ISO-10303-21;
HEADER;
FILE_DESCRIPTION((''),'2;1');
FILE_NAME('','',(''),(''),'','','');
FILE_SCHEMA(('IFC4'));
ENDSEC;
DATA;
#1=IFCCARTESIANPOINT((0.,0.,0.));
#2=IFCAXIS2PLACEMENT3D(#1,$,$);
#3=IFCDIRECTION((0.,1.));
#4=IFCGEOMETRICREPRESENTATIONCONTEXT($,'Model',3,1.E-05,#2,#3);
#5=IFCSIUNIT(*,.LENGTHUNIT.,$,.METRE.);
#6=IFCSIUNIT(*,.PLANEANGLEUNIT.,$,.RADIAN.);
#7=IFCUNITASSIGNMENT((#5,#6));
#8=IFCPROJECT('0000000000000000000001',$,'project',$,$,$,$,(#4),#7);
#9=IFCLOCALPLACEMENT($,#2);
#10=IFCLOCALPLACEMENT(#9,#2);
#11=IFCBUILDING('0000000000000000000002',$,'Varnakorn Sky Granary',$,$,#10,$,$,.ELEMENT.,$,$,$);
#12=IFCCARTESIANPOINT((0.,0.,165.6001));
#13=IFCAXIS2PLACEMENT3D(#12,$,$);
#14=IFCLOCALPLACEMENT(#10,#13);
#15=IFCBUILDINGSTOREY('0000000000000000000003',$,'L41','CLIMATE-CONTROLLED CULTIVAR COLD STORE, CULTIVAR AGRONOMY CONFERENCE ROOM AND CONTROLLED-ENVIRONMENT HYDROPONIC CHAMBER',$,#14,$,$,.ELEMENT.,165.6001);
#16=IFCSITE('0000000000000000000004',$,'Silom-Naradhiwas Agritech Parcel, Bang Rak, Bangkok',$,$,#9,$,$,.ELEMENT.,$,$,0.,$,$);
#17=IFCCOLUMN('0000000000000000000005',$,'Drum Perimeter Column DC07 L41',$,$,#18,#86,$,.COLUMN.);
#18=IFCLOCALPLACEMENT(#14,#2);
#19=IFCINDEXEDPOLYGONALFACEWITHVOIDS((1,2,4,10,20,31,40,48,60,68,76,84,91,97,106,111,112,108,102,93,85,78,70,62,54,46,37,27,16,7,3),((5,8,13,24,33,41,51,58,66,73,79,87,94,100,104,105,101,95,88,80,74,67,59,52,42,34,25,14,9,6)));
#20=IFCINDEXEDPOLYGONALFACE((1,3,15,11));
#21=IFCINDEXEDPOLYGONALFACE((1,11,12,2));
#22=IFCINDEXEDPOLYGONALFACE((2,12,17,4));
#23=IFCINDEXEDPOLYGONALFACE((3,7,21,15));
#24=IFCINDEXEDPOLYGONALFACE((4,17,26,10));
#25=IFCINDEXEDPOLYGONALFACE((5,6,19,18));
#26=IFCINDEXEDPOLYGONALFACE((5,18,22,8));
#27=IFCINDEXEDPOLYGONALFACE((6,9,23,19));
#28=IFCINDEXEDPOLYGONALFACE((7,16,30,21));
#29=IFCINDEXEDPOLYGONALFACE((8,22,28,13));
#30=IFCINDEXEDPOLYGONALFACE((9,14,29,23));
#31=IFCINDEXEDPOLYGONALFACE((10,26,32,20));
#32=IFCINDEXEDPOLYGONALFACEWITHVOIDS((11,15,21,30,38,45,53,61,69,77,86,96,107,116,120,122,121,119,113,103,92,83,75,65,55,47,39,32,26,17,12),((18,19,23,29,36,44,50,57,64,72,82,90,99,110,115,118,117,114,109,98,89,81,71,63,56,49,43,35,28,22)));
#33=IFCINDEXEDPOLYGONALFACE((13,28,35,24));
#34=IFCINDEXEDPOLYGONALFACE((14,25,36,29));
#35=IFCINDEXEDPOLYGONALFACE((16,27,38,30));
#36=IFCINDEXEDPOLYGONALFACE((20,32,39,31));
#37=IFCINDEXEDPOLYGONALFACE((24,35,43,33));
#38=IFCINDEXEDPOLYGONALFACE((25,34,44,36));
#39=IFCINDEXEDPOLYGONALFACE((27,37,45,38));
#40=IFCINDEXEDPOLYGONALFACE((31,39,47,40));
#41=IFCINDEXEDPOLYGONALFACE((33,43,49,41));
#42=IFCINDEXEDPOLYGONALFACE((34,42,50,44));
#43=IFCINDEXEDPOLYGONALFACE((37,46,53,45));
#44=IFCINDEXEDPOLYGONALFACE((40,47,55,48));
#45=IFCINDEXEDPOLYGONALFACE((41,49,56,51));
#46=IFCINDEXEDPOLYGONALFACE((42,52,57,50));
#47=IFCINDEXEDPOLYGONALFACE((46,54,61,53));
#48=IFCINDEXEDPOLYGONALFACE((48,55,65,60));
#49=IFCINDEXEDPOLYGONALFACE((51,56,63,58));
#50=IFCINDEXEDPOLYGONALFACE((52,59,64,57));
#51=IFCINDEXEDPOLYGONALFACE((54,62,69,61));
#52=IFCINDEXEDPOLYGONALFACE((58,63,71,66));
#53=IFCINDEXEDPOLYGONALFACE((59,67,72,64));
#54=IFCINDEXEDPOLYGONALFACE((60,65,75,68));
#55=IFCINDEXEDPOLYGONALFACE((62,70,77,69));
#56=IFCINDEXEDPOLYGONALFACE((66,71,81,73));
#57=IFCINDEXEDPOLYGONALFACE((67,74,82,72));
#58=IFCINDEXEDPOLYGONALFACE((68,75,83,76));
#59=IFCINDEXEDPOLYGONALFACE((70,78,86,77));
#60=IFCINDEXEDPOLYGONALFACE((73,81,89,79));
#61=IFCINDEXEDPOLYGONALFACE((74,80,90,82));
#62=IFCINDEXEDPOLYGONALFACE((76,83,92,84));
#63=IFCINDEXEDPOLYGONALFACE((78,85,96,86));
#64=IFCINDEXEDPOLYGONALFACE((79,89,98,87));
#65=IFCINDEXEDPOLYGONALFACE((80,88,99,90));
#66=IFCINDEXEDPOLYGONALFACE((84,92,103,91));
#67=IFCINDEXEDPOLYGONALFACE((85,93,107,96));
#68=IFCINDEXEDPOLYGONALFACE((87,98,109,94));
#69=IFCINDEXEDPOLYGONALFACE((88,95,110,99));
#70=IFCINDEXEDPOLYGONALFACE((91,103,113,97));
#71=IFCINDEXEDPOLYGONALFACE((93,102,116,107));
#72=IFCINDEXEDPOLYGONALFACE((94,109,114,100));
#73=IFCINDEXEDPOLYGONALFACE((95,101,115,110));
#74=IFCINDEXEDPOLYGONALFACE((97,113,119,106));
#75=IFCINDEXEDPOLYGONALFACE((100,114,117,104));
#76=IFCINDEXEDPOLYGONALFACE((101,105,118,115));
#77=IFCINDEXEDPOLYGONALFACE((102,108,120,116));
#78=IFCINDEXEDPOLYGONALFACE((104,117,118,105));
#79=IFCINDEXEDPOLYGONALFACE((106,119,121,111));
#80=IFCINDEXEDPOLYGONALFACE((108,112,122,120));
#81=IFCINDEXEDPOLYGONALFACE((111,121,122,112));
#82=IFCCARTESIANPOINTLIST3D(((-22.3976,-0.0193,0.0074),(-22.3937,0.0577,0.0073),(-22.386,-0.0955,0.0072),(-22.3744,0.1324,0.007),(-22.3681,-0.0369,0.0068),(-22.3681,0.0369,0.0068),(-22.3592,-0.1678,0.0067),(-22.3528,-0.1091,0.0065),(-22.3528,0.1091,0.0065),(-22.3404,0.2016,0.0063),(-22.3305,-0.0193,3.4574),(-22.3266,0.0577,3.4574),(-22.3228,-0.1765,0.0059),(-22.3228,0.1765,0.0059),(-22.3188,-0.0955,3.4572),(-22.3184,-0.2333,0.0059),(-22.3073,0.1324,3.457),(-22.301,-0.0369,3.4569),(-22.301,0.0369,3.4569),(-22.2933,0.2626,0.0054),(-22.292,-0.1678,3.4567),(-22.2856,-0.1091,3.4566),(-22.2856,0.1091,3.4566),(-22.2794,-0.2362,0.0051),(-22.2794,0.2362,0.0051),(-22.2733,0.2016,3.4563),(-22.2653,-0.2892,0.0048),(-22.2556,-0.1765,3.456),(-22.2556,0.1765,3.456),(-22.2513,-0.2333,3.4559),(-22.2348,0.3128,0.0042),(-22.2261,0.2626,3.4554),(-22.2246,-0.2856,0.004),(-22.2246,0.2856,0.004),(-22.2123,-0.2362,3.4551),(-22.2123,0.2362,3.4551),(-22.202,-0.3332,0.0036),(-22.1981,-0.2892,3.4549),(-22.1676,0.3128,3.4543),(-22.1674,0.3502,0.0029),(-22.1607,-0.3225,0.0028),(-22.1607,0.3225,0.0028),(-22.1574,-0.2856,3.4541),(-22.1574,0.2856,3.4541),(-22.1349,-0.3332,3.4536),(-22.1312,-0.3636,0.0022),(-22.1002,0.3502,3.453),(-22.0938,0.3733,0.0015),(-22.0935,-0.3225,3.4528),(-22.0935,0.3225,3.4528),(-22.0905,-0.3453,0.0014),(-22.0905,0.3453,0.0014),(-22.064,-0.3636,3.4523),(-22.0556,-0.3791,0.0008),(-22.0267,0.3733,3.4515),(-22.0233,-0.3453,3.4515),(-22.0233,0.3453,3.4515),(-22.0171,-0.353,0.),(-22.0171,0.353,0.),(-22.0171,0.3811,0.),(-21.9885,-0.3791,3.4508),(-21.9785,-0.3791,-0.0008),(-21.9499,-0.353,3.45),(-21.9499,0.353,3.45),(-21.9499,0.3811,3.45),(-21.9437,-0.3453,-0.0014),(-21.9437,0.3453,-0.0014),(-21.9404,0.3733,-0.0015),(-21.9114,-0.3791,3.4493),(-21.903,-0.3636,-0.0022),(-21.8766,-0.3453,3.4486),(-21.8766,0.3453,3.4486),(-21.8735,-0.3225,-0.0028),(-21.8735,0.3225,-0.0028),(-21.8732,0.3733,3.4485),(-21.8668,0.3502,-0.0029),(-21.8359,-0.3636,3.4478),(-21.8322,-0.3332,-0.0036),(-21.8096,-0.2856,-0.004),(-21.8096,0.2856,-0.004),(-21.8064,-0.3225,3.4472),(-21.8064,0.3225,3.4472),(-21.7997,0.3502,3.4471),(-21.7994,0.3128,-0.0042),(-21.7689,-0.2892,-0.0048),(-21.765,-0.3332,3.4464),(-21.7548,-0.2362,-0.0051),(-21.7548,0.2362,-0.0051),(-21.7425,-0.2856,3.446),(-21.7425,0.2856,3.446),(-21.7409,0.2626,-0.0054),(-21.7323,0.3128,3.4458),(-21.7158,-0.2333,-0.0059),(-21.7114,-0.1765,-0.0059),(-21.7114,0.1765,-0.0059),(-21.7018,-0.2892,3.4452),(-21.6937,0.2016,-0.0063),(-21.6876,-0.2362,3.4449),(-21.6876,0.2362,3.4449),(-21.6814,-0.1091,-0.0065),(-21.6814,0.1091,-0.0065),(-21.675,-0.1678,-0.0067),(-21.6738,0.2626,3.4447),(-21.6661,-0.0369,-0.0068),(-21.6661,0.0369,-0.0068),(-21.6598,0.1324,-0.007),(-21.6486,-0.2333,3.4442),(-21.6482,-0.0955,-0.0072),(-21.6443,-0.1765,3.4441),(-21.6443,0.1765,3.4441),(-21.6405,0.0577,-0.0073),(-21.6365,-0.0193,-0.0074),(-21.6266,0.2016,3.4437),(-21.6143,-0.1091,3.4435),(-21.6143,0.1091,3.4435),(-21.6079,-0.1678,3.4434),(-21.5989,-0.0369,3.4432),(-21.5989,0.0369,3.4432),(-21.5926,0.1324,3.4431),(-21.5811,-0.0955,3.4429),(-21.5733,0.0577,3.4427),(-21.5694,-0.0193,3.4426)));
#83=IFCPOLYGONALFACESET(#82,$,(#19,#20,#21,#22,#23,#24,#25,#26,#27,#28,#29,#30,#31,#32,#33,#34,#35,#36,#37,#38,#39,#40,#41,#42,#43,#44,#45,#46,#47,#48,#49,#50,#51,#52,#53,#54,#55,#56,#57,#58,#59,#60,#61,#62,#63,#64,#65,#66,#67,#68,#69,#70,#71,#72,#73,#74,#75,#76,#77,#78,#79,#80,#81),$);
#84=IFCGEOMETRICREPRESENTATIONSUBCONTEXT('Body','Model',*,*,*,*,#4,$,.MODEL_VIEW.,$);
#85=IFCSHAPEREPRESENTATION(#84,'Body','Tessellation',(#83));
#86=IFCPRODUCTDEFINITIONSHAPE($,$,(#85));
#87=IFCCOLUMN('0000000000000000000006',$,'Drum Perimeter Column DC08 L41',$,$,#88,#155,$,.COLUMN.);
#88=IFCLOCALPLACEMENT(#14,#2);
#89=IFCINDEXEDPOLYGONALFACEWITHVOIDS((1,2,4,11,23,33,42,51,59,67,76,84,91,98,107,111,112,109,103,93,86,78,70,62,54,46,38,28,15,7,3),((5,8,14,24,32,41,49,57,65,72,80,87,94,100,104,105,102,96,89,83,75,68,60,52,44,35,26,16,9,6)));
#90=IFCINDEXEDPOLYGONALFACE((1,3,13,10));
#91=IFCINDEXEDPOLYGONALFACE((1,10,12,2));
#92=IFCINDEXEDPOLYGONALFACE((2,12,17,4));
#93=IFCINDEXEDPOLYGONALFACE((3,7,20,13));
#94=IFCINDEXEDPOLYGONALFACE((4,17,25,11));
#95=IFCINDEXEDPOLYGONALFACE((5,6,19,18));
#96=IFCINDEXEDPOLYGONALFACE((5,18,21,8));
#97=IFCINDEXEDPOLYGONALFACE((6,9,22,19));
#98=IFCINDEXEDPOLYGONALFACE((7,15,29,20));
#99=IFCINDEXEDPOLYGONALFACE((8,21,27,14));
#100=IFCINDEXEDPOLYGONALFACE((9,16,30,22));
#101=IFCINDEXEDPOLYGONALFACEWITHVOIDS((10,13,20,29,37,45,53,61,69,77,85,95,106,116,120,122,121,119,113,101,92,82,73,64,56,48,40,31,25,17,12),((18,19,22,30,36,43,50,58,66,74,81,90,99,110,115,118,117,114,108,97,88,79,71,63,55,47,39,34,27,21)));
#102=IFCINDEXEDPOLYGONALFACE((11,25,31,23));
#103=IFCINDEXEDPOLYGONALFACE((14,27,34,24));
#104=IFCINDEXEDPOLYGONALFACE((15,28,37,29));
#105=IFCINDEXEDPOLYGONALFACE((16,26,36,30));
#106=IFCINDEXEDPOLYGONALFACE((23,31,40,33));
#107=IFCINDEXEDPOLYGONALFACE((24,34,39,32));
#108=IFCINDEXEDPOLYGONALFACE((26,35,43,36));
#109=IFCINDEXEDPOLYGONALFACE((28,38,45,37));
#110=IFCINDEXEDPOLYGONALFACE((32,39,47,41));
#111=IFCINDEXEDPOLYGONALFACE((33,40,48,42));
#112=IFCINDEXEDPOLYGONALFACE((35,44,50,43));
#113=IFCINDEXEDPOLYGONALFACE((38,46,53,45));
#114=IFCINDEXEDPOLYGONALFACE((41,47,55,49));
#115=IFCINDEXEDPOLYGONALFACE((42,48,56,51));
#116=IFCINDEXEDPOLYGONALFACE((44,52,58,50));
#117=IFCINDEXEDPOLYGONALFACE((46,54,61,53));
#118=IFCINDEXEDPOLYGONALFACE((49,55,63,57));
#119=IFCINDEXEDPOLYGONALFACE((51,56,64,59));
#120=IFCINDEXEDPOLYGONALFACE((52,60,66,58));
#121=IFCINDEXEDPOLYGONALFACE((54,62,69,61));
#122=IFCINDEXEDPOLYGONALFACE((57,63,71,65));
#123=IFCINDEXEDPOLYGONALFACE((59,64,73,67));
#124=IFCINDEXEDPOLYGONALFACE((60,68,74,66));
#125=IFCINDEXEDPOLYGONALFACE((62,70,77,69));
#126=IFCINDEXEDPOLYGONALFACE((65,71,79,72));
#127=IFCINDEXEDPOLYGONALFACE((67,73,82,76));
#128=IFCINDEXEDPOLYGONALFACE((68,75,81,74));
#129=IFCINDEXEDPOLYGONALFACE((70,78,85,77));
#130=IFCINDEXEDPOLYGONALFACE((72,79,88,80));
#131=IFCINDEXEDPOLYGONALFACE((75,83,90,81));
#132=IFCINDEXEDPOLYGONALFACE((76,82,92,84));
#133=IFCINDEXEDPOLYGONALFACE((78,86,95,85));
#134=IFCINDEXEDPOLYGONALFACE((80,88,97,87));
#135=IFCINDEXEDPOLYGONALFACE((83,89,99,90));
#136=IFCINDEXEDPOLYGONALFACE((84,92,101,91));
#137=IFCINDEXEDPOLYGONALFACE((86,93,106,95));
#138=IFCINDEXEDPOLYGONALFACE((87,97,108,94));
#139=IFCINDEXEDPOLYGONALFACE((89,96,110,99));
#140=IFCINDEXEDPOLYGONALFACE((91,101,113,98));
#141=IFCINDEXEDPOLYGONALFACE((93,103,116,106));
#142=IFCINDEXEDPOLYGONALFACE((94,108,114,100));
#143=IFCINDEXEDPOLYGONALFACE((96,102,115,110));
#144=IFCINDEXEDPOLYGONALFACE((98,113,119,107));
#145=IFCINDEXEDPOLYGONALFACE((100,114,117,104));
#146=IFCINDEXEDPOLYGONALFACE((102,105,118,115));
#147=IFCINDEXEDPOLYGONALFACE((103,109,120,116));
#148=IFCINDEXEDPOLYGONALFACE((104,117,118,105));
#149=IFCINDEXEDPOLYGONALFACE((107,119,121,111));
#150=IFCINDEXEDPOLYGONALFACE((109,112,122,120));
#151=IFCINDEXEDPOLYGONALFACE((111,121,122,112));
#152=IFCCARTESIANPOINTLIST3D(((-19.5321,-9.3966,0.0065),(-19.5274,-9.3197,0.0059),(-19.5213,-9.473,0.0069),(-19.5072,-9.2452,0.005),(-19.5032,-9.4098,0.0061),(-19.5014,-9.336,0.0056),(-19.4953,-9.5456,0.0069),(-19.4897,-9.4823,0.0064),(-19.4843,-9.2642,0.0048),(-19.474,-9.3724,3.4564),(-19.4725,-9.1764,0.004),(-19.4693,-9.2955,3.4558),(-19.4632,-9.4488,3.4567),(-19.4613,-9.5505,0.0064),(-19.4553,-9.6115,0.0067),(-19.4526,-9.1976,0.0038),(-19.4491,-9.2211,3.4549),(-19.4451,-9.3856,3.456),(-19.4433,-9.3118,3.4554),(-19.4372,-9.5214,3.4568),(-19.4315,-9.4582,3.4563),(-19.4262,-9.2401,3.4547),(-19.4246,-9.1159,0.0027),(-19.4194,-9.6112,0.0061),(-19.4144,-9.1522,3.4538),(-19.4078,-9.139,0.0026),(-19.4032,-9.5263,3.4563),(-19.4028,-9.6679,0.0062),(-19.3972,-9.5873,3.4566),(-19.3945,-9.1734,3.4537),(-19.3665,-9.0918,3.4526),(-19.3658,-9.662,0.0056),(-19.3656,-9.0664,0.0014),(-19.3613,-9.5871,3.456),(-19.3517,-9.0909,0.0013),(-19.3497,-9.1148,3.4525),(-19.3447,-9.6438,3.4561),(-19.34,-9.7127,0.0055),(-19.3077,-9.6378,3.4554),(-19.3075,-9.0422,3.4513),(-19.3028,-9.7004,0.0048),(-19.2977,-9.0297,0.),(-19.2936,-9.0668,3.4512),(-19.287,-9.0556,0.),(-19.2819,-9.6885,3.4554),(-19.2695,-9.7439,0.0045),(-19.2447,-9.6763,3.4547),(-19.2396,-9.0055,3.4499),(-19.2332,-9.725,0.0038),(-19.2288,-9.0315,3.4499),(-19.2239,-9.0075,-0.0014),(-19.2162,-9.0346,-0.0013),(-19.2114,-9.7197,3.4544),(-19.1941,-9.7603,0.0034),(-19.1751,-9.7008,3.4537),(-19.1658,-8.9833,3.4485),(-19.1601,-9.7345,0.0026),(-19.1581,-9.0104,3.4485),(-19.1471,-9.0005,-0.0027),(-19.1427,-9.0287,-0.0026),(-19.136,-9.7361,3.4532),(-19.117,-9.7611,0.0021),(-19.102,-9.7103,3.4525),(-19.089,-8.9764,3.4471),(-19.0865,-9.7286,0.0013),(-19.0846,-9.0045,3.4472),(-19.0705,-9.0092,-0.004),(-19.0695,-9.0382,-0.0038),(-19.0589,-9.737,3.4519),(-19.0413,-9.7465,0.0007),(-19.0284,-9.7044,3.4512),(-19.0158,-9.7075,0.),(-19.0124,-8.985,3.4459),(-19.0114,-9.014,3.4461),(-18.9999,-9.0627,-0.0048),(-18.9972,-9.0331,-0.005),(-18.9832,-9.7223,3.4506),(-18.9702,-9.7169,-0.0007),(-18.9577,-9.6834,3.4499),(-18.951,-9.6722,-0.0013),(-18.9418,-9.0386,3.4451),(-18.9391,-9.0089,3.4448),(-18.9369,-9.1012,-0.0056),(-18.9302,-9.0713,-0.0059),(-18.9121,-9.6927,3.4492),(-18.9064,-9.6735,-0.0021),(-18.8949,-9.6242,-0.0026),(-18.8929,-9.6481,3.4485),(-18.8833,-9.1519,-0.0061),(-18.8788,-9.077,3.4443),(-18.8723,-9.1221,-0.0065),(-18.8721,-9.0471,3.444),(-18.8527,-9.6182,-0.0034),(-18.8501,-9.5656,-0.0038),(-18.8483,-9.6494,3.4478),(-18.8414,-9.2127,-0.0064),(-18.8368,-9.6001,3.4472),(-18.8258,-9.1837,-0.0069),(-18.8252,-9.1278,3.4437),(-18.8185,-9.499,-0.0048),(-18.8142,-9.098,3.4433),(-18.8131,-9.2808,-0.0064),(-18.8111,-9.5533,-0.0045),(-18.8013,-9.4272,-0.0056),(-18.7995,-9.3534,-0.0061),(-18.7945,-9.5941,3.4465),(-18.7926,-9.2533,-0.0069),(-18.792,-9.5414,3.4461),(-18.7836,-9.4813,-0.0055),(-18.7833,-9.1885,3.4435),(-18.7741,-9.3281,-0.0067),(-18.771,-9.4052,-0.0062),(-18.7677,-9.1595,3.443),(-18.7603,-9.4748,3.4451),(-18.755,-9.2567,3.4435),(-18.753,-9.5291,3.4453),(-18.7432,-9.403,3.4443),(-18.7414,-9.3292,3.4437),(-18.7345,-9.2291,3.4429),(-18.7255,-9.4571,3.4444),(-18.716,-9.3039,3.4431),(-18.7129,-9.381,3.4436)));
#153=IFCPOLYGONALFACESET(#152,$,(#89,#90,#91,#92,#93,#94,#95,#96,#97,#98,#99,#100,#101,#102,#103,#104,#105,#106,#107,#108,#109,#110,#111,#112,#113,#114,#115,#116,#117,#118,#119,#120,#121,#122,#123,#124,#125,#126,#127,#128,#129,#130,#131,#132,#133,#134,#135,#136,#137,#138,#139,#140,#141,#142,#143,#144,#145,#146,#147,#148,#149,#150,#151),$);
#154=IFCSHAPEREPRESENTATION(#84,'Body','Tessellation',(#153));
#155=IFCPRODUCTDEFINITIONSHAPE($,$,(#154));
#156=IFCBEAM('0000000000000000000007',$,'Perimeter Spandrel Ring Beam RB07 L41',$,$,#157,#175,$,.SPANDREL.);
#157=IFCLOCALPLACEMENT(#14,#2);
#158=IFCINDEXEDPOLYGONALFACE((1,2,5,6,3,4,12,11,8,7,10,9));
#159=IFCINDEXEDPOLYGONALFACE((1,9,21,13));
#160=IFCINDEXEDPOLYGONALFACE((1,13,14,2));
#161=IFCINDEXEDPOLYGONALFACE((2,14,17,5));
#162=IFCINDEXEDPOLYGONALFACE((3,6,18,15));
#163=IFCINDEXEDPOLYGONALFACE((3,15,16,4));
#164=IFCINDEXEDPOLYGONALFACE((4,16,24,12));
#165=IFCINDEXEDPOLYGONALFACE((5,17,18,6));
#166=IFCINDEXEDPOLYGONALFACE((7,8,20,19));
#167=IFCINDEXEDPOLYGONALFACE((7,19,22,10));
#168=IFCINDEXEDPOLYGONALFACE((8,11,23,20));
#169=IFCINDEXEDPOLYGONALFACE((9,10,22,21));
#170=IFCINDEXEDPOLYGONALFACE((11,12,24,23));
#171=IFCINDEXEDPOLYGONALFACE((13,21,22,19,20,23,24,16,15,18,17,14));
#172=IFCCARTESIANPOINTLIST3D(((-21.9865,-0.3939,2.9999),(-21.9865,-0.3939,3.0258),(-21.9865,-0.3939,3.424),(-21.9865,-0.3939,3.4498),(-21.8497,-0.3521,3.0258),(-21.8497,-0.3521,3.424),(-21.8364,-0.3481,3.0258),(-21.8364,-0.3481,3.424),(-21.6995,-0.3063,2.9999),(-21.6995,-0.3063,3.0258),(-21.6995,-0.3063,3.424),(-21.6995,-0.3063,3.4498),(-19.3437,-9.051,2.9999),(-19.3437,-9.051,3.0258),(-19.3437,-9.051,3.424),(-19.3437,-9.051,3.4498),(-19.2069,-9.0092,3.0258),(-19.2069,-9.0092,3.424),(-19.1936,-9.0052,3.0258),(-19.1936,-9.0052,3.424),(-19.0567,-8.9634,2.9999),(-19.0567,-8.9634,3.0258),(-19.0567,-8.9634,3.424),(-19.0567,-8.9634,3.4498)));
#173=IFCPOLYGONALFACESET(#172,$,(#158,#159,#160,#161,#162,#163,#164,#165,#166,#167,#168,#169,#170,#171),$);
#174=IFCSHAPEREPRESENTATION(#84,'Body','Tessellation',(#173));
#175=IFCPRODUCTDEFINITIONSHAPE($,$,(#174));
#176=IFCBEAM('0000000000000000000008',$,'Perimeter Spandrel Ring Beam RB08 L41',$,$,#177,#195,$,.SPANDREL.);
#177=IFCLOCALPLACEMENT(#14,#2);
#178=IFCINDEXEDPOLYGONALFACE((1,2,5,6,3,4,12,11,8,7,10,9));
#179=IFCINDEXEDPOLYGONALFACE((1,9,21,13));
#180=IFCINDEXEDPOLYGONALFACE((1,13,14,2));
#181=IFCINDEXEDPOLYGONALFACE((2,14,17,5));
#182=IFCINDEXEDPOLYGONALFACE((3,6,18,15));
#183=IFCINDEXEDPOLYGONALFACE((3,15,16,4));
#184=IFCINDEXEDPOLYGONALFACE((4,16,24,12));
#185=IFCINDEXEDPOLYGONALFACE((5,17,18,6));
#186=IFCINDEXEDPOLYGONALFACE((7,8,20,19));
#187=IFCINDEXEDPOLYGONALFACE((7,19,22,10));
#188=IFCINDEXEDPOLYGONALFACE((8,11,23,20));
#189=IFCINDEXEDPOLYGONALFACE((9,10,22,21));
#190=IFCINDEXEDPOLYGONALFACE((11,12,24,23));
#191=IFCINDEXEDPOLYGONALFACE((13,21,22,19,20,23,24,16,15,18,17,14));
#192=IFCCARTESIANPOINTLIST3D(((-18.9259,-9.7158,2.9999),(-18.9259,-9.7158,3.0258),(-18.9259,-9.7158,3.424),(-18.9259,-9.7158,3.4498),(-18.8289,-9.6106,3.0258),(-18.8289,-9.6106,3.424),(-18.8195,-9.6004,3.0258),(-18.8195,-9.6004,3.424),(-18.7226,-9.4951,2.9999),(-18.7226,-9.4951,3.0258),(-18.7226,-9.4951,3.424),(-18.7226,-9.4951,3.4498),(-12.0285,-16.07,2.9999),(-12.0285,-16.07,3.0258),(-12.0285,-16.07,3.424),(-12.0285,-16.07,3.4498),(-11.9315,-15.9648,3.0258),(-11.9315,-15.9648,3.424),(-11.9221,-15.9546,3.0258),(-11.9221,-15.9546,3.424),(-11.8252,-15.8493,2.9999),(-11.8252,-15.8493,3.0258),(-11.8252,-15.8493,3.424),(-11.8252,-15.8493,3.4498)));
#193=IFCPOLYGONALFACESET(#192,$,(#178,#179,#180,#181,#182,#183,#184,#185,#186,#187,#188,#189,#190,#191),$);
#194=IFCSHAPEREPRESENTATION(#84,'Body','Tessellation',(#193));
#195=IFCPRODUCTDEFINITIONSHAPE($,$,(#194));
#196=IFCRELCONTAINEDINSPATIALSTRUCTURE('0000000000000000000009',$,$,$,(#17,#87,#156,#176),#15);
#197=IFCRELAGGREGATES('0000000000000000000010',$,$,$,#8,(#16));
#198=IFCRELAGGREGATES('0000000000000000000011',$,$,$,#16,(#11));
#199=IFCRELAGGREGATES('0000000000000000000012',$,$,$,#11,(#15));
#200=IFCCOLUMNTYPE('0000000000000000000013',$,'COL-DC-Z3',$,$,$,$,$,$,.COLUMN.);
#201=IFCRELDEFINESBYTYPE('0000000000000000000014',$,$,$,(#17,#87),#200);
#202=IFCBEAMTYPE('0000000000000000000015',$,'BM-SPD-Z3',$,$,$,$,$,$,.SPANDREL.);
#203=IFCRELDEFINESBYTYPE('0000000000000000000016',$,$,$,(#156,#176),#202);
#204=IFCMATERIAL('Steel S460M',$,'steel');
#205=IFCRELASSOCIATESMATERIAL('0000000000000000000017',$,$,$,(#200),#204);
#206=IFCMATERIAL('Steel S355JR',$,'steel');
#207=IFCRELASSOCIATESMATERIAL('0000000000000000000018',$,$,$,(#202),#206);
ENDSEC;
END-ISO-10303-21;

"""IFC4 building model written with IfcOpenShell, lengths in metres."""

from ifc_helpers import new_model, si_unit, direction, frame, origin, origin_2d, place, context, subcontext, project, spatial, hollow_circle, i_section, extrude, material, material_profile, profile_set, type_object, element, save


model = new_model("IFC4")

# Units and contexts
model_context = context("Model", 3, precision=1e-05, world=origin(), true_north=direction((0.0, 1.0)))
body_context = subcontext(model_context, "Body", "Model", "MODEL_VIEW")
ifc_project = project(units=[si_unit("LENGTHUNIT", "METRE"), si_unit("PLANEANGLEUNIT", "RADIAN")], contexts=[model_context])

# Site, building, storey
site_placement = place(None, origin())
site = spatial("IfcSite", under=ifc_project, at=site_placement, Name="Silom-Naradhiwas Agritech Parcel, Bang Rak, Bangkok", CompositionType="ELEMENT", RefElevation=0.0)
building_placement = place(site_placement, origin())
building = spatial("IfcBuilding", under=site, at=building_placement, Name="Varnakorn Sky Granary", CompositionType="ELEMENT")
storey_placement = place(building_placement, frame((0.0, 0.0, 165.6001)))
storey = spatial("IfcBuildingStorey", under=building, at=storey_placement, Name="L41", Description="CLIMATE-CONTROLLED CULTIVAR COLD STORE, CULTIVAR AGRONOMY CONFERENCE ROOM AND CONTROLLED-ENVIRONMENT HYDROPONIC CHAMBER", CompositionType="ELEMENT", Elevation=165.6001)

# Columns
ifc_material_1 = material(Name="Steel S460M", Category="steel")
ifc_material_profile_1 = material_profile(ifc_material_1, hollow_circle(Radius=0.3811, WallThickness=0.0281, at=origin_2d()), Name="CHS 762x28")
ifc_profile_set_1 = profile_set([ifc_material_profile_1], Name="Steel S460M")
column_type = type_object("IfcColumnType", Name="COL-DC-Z3", PredefinedType="COLUMN", material=ifc_profile_set_1)
column_1_placement = place(storey_placement, frame((-22.0171, 0.0, 0.0), z_axis=(0.019457, 0.0, 0.999811), x_axis=(0.0, 1.0, 0.0)))
element("IfcColumn", 1, at=column_1_placement, inside=storey, type_object=column_type, Name="Drum Perimeter Column DC07 L41", PredefinedType="COLUMN", context=body_context, shape_type="SweptSolid", body=[
    extrude(hollow_circle(Radius=0.3811, WallThickness=0.0281, at=origin_2d()), origin(), (0.0, 0.0, 1.0), 3.4507),
])
column_2_placement = place(storey_placement, frame((-19.1514, -9.3816, 0.0), z_axis=(0.01684, 0.007005, 0.999834), x_axis=(-0.384064, 0.923306, 0.0)))
element("IfcColumn", 2, at=column_2_placement, inside=storey, type_object=column_type, Name="Drum Perimeter Column DC08 L41", PredefinedType="COLUMN", context=body_context, shape_type="SweptSolid", body=[
    extrude(hollow_circle(Radius=0.3811, WallThickness=0.0281, at=origin_2d()), origin(), (0.0, 0.0, 1.0), 3.4504),
])

# Beams
ifc_material_2 = material(Name="Steel S355JR", Category="steel")
ifc_material_profile_2 = material_profile(ifc_material_2, i_section(OverallWidth=0.3, OverallDepth=0.45, WebThickness=0.0139, FlangeThickness=0.0259, at=origin_2d()), Name="HE 450 B")
ifc_profile_set_2 = profile_set([ifc_material_profile_2], Name="Steel S355JR")
beam_type = type_object("IfcBeamType", Name="BM-SPD-Z3", PredefinedType="SPANDREL", material=ifc_profile_set_2)
beam_1_placement = place(storey_placement, frame((-21.843, -0.3501, 3.2249), z_axis=(0.291972, -0.956427, 0.0), x_axis=(0.956427, 0.291972, 0.0)))
element("IfcBeam", 3, at=beam_1_placement, inside=storey, type_object=beam_type, Name="Perimeter Spandrel Ring Beam RB07 L41", PredefinedType="SPANDREL", context=body_context, shape_type="SweptSolid", body=[
    extrude(i_section(OverallWidth=0.3, OverallDepth=0.45, WebThickness=0.0139, FlangeThickness=0.0259, at=origin_2d()), origin(), (0.0, 0.0, 1.0), 9.0515),
])
beam_2_placement = place(storey_placement, frame((-18.8242, -9.6055, 3.2249), z_axis=(0.735475, -0.677552, 0.0), x_axis=(0.677552, 0.735475, 0.0)))
element("IfcBeam", 4, at=beam_2_placement, inside=storey, type_object=beam_type, Name="Perimeter Spandrel Ring Beam RB08 L41", PredefinedType="SPANDREL", context=body_context, shape_type="SweptSolid", body=[
    extrude(i_section(OverallWidth=0.3, OverallDepth=0.45, WebThickness=0.0139, FlangeThickness=0.0259, at=origin_2d()), origin(), (0.0, 0.0, 1.0), 9.3782),
])

save(model, "model.ifc")
